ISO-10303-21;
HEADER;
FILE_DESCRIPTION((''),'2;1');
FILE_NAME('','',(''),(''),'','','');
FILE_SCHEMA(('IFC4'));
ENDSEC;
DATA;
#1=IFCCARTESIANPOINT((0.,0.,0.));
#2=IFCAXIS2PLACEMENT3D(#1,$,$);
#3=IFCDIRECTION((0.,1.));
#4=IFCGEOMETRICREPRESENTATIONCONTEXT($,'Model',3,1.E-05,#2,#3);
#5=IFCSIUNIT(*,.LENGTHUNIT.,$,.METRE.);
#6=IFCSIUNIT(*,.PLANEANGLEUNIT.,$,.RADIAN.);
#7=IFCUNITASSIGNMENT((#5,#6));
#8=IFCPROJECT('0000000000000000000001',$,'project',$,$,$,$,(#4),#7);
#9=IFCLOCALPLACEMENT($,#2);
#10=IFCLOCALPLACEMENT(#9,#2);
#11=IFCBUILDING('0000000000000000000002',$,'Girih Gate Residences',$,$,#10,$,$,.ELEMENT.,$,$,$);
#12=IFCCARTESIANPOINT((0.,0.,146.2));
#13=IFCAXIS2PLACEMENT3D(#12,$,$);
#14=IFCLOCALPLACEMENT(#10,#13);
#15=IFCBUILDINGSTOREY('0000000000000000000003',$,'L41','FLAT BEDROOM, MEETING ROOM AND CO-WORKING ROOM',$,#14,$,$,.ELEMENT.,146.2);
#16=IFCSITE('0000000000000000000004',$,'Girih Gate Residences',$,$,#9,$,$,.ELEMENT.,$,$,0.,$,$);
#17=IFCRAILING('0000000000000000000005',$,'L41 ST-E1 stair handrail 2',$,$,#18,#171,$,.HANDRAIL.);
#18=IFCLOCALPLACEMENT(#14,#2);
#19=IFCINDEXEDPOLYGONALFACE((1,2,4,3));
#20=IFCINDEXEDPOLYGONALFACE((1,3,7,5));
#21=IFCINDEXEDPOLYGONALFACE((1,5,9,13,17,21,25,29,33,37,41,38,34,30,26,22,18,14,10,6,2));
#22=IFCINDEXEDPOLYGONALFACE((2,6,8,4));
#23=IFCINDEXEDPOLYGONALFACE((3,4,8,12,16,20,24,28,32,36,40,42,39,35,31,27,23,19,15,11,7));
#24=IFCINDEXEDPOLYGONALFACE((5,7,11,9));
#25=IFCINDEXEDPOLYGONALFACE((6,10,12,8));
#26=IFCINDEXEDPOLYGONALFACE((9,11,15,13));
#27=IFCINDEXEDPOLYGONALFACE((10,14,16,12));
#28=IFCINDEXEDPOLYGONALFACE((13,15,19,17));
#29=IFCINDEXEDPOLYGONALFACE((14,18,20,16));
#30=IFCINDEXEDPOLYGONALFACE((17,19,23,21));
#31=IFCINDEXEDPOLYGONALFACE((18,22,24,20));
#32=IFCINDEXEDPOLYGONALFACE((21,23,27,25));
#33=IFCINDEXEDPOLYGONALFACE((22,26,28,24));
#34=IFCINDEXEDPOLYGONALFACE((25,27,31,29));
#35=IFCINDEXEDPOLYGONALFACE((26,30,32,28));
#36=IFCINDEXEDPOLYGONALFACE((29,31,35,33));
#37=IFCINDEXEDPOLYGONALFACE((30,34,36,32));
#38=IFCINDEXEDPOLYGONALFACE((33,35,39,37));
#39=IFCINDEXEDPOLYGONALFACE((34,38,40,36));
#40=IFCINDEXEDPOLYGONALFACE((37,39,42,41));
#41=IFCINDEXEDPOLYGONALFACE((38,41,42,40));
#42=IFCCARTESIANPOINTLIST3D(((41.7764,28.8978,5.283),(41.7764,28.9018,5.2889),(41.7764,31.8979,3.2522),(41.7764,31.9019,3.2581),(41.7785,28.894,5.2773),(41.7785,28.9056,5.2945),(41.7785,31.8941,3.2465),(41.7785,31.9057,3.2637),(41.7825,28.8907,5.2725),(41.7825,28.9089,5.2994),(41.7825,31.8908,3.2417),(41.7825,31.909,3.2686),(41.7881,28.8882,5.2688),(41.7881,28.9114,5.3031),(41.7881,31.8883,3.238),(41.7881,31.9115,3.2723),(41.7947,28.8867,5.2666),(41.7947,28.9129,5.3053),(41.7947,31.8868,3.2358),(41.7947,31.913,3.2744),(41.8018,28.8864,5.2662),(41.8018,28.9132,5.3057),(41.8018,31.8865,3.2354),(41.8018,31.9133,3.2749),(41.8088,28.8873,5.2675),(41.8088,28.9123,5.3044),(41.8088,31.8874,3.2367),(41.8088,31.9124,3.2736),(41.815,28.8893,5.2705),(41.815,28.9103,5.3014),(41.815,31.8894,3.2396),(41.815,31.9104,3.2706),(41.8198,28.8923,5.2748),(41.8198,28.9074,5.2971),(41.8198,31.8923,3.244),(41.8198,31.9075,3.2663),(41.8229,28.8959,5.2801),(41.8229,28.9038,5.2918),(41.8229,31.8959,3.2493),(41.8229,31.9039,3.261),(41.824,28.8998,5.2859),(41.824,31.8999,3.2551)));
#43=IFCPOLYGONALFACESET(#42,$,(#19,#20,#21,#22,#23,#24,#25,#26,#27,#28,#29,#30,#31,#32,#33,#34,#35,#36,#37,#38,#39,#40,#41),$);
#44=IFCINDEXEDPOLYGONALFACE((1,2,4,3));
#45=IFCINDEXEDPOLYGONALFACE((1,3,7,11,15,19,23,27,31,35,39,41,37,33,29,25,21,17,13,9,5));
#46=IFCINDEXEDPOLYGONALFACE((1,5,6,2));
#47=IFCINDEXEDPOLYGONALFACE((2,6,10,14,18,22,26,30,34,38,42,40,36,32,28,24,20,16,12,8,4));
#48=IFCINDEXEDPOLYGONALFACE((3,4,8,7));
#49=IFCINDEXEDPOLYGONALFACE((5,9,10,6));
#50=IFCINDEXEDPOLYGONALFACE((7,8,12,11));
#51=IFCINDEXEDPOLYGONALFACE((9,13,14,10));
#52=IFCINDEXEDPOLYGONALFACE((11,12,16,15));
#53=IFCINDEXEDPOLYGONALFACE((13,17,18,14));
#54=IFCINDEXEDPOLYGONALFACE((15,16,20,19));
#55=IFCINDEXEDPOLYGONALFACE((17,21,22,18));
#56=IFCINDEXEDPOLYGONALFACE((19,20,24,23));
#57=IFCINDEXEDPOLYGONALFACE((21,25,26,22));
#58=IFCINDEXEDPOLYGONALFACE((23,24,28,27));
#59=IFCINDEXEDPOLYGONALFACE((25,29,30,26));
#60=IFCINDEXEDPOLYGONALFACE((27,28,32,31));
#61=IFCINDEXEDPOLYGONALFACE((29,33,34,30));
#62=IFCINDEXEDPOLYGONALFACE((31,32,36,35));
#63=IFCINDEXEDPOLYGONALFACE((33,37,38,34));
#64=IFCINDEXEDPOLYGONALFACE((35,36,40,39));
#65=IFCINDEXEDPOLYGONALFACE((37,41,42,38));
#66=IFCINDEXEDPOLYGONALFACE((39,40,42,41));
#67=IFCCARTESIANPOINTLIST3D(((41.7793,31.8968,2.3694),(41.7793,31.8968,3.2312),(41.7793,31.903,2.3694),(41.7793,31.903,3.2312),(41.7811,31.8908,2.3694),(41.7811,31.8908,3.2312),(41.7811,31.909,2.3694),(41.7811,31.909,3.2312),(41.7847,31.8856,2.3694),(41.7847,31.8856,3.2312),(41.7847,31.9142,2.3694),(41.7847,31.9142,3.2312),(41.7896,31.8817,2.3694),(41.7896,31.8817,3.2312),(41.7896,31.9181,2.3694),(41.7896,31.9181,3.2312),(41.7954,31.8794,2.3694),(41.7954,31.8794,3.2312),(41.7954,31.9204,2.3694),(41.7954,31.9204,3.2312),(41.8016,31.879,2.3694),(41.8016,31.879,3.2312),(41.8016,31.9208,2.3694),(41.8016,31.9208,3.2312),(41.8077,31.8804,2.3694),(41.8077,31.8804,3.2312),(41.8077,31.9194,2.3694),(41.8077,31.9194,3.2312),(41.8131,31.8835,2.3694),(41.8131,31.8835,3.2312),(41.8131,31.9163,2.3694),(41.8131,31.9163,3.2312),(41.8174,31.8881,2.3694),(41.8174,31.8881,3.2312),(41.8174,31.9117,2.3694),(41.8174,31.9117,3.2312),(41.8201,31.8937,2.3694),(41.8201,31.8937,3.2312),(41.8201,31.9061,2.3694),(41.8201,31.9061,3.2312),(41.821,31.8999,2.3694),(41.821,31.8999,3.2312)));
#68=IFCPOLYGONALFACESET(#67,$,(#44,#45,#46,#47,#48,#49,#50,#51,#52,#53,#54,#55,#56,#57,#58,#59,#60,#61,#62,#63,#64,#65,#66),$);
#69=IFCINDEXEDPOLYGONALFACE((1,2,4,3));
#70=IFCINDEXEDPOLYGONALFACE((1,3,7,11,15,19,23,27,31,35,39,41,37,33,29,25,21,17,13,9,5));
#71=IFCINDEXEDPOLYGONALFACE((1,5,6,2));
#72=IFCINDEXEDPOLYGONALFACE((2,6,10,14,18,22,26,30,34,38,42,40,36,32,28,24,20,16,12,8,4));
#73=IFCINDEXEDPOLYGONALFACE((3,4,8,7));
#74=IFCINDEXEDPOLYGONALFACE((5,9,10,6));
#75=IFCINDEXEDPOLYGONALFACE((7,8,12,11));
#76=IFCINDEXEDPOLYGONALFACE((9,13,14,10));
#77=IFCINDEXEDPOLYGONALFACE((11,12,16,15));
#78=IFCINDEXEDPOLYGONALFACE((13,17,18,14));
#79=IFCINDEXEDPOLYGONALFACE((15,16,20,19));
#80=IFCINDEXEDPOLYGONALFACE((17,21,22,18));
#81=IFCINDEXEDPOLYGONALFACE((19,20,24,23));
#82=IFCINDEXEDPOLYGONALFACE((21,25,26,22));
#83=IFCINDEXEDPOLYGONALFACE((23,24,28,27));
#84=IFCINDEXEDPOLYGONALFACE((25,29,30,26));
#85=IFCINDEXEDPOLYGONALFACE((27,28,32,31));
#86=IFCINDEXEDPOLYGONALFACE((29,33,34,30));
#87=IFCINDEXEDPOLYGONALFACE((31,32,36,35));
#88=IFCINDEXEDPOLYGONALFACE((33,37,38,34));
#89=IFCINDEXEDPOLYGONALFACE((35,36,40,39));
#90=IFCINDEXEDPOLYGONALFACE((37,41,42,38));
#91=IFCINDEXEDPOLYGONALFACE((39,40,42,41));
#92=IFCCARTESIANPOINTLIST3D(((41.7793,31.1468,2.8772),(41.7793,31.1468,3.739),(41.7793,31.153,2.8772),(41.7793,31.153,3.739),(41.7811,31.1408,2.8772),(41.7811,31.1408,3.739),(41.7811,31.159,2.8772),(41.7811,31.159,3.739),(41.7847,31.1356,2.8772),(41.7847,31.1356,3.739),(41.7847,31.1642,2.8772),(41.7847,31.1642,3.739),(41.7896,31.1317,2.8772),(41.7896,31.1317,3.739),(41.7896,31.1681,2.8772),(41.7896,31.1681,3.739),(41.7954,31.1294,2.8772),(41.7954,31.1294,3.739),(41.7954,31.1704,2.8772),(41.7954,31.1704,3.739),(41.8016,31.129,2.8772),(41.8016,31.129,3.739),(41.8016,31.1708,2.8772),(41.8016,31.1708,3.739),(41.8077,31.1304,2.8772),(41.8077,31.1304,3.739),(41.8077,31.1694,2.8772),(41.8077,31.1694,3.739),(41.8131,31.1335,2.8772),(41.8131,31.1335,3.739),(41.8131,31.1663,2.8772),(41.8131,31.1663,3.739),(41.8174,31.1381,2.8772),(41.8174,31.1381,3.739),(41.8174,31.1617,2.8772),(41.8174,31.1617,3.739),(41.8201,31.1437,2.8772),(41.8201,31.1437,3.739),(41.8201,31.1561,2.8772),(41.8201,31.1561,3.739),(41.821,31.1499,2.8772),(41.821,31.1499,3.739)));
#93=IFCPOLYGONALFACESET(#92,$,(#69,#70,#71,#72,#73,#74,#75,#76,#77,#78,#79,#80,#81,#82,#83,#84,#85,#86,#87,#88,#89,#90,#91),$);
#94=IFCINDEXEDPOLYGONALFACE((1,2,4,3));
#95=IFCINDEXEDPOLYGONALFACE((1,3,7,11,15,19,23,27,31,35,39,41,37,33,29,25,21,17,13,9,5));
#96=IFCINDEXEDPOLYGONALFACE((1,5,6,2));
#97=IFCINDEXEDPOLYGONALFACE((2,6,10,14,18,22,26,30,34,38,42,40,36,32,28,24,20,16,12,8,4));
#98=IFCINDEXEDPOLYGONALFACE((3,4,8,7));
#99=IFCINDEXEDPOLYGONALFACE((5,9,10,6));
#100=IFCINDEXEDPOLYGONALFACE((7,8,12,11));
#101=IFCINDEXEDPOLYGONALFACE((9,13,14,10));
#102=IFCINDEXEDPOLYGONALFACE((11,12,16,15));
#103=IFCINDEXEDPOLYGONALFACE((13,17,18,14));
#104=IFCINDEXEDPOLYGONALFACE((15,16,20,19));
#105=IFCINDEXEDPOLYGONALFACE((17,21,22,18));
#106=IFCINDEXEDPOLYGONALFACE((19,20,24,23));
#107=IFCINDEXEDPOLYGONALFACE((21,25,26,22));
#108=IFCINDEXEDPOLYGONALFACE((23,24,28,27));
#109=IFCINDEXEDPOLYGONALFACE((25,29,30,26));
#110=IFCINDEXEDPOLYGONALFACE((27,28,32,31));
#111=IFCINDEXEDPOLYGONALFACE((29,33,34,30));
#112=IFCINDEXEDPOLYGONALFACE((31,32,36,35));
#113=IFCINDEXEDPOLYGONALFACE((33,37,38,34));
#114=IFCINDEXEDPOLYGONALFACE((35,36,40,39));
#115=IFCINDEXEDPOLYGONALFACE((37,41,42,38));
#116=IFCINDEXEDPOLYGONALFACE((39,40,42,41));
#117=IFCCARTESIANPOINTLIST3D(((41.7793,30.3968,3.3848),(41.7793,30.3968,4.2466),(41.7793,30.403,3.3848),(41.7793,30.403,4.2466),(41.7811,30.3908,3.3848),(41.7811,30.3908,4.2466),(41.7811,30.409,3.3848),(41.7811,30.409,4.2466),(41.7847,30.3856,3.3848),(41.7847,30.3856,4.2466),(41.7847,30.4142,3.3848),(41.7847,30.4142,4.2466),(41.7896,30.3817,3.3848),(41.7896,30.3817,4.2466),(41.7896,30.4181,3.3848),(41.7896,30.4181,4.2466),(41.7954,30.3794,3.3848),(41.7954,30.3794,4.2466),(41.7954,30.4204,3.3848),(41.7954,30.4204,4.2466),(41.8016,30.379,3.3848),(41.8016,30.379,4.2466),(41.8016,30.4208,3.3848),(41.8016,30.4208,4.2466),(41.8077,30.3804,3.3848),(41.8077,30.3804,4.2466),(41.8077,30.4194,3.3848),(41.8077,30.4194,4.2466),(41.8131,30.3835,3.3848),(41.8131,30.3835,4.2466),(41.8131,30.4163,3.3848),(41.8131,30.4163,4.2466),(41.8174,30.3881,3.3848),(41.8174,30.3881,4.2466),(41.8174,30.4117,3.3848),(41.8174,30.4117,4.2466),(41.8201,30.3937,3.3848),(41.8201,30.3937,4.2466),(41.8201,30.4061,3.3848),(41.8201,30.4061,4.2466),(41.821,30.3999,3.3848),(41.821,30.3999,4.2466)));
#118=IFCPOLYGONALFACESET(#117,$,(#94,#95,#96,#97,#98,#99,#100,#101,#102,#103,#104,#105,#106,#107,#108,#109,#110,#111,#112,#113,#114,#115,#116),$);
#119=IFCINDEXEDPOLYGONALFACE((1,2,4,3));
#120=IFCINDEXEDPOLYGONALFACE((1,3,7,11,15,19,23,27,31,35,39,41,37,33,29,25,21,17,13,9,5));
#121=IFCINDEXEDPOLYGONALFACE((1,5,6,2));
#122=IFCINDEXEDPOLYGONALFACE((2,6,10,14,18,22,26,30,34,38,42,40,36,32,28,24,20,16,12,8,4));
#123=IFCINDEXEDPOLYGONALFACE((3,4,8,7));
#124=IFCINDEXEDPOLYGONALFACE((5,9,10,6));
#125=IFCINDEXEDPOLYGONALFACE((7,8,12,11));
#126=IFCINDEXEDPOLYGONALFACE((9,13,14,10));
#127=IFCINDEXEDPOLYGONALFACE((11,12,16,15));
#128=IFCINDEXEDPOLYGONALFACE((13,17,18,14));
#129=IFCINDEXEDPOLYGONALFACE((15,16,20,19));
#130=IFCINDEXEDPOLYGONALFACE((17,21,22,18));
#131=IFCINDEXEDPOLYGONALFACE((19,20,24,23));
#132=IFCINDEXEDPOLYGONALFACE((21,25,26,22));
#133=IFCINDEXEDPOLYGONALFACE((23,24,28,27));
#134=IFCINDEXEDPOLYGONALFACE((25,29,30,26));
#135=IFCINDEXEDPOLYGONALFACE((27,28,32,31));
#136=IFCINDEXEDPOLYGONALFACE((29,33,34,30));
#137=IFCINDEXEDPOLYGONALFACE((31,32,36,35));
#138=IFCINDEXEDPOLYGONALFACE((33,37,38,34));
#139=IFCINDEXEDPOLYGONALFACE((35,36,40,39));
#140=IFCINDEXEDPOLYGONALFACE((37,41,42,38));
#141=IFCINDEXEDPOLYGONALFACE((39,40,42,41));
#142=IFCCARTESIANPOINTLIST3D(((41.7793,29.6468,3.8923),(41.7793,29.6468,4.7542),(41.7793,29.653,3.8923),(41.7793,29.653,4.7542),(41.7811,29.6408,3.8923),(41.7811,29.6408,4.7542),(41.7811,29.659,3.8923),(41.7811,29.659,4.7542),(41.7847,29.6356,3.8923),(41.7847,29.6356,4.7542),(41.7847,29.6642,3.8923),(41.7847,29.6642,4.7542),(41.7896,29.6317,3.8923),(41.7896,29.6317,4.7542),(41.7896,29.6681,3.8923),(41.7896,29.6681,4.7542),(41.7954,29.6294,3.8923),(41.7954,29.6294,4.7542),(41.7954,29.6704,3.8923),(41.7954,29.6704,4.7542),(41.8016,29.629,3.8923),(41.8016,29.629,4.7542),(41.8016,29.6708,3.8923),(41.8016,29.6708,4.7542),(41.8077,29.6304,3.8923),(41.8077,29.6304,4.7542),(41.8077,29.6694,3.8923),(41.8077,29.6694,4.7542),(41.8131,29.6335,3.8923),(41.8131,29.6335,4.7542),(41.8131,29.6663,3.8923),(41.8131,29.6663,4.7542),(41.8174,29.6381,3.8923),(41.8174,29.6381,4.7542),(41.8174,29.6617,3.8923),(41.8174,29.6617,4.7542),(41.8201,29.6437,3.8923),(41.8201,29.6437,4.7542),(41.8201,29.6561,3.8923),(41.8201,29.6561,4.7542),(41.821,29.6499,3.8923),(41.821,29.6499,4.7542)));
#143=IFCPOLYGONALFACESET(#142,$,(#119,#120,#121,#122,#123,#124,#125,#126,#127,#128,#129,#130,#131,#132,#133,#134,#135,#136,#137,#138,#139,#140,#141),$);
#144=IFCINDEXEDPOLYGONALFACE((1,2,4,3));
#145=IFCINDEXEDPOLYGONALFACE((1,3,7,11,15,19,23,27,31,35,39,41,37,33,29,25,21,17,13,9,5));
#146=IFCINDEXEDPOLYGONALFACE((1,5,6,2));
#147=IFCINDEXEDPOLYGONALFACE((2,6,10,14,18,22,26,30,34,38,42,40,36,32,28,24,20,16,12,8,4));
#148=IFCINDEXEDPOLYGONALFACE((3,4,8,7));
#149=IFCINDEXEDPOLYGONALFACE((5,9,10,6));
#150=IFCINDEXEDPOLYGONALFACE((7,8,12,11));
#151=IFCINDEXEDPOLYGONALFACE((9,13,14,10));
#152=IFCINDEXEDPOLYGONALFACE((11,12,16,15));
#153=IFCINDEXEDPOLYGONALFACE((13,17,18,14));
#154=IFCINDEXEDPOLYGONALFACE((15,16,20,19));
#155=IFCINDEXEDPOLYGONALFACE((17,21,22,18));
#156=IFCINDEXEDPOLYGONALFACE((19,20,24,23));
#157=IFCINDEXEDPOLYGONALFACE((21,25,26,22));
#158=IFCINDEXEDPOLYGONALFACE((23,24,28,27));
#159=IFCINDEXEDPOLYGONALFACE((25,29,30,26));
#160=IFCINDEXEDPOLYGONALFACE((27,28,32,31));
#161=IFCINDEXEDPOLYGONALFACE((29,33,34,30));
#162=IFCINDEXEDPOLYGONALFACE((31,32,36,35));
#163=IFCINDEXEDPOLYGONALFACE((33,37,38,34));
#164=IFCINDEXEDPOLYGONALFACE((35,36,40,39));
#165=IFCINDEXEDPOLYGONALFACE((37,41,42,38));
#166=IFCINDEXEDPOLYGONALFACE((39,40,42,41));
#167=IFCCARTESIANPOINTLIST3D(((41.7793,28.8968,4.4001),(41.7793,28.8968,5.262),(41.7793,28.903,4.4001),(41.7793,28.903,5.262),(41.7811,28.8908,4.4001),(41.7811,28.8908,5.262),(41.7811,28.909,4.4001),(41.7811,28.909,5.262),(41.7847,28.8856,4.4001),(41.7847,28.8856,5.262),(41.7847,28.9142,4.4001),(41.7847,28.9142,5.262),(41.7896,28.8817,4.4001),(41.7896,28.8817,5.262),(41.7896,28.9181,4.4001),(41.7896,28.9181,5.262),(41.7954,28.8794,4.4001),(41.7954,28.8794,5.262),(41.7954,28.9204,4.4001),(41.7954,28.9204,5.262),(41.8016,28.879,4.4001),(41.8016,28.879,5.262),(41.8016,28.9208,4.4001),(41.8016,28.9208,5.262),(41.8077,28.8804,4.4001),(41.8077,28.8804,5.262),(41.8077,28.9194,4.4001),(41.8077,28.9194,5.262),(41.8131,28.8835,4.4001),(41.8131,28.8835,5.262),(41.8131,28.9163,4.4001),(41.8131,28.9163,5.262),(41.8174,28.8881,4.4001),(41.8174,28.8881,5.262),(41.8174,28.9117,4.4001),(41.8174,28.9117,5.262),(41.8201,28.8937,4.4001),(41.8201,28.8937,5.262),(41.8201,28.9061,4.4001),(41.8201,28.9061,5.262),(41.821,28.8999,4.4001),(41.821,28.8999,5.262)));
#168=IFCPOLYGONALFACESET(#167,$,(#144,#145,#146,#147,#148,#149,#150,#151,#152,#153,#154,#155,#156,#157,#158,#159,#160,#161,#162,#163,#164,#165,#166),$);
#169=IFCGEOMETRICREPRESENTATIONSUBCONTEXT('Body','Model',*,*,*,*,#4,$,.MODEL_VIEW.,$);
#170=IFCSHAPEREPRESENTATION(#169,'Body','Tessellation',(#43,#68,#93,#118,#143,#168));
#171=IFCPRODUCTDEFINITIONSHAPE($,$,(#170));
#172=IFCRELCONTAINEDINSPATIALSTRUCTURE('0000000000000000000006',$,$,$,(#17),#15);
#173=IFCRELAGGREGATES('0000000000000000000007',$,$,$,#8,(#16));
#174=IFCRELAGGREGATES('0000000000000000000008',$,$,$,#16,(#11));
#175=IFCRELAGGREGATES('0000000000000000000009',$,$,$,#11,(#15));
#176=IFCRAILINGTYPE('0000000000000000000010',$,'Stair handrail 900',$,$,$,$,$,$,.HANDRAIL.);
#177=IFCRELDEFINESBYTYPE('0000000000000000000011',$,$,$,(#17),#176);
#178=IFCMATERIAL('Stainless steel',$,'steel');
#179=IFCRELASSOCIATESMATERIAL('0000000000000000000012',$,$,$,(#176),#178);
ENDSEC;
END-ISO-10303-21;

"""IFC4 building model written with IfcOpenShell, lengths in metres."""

from ifc_helpers import new_model, si_unit, direction, frame, origin, origin_2d, place, context, subcontext, project, spatial, circle, extrude, material, type_object, element, save


model = new_model("IFC4")

# Units and contexts
model_context = context("Model", 3, precision=1e-05, world=origin(), true_north=direction((0.0, 1.0)))
body_context = subcontext(model_context, "Body", "Model", "MODEL_VIEW")
ifc_project = project(units=[si_unit("LENGTHUNIT", "METRE"), si_unit("PLANEANGLEUNIT", "RADIAN")], contexts=[model_context])

# Site, building, storey
site_placement = place(None, origin())
site = spatial("IfcSite", under=ifc_project, at=site_placement, Name="Girih Gate Residences", CompositionType="ELEMENT", RefElevation=0.0)
building_placement = place(site_placement, origin())
building = spatial("IfcBuilding", under=site, at=building_placement, Name="Girih Gate Residences", CompositionType="ELEMENT")
storey_placement = place(building_placement, frame((0.0, 0.0, 146.2)))
storey = spatial("IfcBuildingStorey", under=building, at=storey_placement, Name="L41", Description="FLAT BEDROOM, MEETING ROOM AND CO-WORKING ROOM", CompositionType="ELEMENT", Elevation=146.2)

# Railing
ifc_material_1 = material(Name="Stainless steel", Category="steel")
railing_type_1 = type_object("IfcRailingType", Name="Stair handrail 900", PredefinedType="HANDRAIL", material=ifc_material_1)
railing_1_placement = place(storey_placement, frame((41.8, 31.8999, 2.3694)))
element("IfcRailing", 1, at=railing_1_placement, inside=storey, type_object=railing_type_1, Name="L41 ST-E1 stair handrail 2", PredefinedType="HANDRAIL", context=body_context, shape_type="SweptSolid", body=[
    extrude(circle(Radius=0.0239, at=origin_2d()), frame((0.0, 0.0, 0.8857), z_axis=(0.0, -0.82811, 0.560565), x_axis=(1.0, 0.0, 0.0)), (0.0, 0.0, 1.0), 3.6228),
    extrude(circle(Radius=0.021, at=origin_2d()), origin(), (0.0, 0.0, 1.0), 0.8618),
    extrude(circle(Radius=0.021, at=origin_2d()), frame((0.0, -0.75, 0.5078)), (0.0, 0.0, 1.0), 0.8618),
    extrude(circle(Radius=0.021, at=origin_2d()), frame((0.0, -1.5, 1.0154)), (0.0, 0.0, 1.0), 0.8618),
    extrude(circle(Radius=0.021, at=origin_2d()), frame((0.0, -2.25, 1.5229)), (0.0, 0.0, 1.0), 0.8618),
    extrude(circle(Radius=0.021, at=origin_2d()), frame((0.0, -3.0, 2.0308)), (0.0, 0.0, 1.0), 0.8618),
])

save(model, "model.ifc")
